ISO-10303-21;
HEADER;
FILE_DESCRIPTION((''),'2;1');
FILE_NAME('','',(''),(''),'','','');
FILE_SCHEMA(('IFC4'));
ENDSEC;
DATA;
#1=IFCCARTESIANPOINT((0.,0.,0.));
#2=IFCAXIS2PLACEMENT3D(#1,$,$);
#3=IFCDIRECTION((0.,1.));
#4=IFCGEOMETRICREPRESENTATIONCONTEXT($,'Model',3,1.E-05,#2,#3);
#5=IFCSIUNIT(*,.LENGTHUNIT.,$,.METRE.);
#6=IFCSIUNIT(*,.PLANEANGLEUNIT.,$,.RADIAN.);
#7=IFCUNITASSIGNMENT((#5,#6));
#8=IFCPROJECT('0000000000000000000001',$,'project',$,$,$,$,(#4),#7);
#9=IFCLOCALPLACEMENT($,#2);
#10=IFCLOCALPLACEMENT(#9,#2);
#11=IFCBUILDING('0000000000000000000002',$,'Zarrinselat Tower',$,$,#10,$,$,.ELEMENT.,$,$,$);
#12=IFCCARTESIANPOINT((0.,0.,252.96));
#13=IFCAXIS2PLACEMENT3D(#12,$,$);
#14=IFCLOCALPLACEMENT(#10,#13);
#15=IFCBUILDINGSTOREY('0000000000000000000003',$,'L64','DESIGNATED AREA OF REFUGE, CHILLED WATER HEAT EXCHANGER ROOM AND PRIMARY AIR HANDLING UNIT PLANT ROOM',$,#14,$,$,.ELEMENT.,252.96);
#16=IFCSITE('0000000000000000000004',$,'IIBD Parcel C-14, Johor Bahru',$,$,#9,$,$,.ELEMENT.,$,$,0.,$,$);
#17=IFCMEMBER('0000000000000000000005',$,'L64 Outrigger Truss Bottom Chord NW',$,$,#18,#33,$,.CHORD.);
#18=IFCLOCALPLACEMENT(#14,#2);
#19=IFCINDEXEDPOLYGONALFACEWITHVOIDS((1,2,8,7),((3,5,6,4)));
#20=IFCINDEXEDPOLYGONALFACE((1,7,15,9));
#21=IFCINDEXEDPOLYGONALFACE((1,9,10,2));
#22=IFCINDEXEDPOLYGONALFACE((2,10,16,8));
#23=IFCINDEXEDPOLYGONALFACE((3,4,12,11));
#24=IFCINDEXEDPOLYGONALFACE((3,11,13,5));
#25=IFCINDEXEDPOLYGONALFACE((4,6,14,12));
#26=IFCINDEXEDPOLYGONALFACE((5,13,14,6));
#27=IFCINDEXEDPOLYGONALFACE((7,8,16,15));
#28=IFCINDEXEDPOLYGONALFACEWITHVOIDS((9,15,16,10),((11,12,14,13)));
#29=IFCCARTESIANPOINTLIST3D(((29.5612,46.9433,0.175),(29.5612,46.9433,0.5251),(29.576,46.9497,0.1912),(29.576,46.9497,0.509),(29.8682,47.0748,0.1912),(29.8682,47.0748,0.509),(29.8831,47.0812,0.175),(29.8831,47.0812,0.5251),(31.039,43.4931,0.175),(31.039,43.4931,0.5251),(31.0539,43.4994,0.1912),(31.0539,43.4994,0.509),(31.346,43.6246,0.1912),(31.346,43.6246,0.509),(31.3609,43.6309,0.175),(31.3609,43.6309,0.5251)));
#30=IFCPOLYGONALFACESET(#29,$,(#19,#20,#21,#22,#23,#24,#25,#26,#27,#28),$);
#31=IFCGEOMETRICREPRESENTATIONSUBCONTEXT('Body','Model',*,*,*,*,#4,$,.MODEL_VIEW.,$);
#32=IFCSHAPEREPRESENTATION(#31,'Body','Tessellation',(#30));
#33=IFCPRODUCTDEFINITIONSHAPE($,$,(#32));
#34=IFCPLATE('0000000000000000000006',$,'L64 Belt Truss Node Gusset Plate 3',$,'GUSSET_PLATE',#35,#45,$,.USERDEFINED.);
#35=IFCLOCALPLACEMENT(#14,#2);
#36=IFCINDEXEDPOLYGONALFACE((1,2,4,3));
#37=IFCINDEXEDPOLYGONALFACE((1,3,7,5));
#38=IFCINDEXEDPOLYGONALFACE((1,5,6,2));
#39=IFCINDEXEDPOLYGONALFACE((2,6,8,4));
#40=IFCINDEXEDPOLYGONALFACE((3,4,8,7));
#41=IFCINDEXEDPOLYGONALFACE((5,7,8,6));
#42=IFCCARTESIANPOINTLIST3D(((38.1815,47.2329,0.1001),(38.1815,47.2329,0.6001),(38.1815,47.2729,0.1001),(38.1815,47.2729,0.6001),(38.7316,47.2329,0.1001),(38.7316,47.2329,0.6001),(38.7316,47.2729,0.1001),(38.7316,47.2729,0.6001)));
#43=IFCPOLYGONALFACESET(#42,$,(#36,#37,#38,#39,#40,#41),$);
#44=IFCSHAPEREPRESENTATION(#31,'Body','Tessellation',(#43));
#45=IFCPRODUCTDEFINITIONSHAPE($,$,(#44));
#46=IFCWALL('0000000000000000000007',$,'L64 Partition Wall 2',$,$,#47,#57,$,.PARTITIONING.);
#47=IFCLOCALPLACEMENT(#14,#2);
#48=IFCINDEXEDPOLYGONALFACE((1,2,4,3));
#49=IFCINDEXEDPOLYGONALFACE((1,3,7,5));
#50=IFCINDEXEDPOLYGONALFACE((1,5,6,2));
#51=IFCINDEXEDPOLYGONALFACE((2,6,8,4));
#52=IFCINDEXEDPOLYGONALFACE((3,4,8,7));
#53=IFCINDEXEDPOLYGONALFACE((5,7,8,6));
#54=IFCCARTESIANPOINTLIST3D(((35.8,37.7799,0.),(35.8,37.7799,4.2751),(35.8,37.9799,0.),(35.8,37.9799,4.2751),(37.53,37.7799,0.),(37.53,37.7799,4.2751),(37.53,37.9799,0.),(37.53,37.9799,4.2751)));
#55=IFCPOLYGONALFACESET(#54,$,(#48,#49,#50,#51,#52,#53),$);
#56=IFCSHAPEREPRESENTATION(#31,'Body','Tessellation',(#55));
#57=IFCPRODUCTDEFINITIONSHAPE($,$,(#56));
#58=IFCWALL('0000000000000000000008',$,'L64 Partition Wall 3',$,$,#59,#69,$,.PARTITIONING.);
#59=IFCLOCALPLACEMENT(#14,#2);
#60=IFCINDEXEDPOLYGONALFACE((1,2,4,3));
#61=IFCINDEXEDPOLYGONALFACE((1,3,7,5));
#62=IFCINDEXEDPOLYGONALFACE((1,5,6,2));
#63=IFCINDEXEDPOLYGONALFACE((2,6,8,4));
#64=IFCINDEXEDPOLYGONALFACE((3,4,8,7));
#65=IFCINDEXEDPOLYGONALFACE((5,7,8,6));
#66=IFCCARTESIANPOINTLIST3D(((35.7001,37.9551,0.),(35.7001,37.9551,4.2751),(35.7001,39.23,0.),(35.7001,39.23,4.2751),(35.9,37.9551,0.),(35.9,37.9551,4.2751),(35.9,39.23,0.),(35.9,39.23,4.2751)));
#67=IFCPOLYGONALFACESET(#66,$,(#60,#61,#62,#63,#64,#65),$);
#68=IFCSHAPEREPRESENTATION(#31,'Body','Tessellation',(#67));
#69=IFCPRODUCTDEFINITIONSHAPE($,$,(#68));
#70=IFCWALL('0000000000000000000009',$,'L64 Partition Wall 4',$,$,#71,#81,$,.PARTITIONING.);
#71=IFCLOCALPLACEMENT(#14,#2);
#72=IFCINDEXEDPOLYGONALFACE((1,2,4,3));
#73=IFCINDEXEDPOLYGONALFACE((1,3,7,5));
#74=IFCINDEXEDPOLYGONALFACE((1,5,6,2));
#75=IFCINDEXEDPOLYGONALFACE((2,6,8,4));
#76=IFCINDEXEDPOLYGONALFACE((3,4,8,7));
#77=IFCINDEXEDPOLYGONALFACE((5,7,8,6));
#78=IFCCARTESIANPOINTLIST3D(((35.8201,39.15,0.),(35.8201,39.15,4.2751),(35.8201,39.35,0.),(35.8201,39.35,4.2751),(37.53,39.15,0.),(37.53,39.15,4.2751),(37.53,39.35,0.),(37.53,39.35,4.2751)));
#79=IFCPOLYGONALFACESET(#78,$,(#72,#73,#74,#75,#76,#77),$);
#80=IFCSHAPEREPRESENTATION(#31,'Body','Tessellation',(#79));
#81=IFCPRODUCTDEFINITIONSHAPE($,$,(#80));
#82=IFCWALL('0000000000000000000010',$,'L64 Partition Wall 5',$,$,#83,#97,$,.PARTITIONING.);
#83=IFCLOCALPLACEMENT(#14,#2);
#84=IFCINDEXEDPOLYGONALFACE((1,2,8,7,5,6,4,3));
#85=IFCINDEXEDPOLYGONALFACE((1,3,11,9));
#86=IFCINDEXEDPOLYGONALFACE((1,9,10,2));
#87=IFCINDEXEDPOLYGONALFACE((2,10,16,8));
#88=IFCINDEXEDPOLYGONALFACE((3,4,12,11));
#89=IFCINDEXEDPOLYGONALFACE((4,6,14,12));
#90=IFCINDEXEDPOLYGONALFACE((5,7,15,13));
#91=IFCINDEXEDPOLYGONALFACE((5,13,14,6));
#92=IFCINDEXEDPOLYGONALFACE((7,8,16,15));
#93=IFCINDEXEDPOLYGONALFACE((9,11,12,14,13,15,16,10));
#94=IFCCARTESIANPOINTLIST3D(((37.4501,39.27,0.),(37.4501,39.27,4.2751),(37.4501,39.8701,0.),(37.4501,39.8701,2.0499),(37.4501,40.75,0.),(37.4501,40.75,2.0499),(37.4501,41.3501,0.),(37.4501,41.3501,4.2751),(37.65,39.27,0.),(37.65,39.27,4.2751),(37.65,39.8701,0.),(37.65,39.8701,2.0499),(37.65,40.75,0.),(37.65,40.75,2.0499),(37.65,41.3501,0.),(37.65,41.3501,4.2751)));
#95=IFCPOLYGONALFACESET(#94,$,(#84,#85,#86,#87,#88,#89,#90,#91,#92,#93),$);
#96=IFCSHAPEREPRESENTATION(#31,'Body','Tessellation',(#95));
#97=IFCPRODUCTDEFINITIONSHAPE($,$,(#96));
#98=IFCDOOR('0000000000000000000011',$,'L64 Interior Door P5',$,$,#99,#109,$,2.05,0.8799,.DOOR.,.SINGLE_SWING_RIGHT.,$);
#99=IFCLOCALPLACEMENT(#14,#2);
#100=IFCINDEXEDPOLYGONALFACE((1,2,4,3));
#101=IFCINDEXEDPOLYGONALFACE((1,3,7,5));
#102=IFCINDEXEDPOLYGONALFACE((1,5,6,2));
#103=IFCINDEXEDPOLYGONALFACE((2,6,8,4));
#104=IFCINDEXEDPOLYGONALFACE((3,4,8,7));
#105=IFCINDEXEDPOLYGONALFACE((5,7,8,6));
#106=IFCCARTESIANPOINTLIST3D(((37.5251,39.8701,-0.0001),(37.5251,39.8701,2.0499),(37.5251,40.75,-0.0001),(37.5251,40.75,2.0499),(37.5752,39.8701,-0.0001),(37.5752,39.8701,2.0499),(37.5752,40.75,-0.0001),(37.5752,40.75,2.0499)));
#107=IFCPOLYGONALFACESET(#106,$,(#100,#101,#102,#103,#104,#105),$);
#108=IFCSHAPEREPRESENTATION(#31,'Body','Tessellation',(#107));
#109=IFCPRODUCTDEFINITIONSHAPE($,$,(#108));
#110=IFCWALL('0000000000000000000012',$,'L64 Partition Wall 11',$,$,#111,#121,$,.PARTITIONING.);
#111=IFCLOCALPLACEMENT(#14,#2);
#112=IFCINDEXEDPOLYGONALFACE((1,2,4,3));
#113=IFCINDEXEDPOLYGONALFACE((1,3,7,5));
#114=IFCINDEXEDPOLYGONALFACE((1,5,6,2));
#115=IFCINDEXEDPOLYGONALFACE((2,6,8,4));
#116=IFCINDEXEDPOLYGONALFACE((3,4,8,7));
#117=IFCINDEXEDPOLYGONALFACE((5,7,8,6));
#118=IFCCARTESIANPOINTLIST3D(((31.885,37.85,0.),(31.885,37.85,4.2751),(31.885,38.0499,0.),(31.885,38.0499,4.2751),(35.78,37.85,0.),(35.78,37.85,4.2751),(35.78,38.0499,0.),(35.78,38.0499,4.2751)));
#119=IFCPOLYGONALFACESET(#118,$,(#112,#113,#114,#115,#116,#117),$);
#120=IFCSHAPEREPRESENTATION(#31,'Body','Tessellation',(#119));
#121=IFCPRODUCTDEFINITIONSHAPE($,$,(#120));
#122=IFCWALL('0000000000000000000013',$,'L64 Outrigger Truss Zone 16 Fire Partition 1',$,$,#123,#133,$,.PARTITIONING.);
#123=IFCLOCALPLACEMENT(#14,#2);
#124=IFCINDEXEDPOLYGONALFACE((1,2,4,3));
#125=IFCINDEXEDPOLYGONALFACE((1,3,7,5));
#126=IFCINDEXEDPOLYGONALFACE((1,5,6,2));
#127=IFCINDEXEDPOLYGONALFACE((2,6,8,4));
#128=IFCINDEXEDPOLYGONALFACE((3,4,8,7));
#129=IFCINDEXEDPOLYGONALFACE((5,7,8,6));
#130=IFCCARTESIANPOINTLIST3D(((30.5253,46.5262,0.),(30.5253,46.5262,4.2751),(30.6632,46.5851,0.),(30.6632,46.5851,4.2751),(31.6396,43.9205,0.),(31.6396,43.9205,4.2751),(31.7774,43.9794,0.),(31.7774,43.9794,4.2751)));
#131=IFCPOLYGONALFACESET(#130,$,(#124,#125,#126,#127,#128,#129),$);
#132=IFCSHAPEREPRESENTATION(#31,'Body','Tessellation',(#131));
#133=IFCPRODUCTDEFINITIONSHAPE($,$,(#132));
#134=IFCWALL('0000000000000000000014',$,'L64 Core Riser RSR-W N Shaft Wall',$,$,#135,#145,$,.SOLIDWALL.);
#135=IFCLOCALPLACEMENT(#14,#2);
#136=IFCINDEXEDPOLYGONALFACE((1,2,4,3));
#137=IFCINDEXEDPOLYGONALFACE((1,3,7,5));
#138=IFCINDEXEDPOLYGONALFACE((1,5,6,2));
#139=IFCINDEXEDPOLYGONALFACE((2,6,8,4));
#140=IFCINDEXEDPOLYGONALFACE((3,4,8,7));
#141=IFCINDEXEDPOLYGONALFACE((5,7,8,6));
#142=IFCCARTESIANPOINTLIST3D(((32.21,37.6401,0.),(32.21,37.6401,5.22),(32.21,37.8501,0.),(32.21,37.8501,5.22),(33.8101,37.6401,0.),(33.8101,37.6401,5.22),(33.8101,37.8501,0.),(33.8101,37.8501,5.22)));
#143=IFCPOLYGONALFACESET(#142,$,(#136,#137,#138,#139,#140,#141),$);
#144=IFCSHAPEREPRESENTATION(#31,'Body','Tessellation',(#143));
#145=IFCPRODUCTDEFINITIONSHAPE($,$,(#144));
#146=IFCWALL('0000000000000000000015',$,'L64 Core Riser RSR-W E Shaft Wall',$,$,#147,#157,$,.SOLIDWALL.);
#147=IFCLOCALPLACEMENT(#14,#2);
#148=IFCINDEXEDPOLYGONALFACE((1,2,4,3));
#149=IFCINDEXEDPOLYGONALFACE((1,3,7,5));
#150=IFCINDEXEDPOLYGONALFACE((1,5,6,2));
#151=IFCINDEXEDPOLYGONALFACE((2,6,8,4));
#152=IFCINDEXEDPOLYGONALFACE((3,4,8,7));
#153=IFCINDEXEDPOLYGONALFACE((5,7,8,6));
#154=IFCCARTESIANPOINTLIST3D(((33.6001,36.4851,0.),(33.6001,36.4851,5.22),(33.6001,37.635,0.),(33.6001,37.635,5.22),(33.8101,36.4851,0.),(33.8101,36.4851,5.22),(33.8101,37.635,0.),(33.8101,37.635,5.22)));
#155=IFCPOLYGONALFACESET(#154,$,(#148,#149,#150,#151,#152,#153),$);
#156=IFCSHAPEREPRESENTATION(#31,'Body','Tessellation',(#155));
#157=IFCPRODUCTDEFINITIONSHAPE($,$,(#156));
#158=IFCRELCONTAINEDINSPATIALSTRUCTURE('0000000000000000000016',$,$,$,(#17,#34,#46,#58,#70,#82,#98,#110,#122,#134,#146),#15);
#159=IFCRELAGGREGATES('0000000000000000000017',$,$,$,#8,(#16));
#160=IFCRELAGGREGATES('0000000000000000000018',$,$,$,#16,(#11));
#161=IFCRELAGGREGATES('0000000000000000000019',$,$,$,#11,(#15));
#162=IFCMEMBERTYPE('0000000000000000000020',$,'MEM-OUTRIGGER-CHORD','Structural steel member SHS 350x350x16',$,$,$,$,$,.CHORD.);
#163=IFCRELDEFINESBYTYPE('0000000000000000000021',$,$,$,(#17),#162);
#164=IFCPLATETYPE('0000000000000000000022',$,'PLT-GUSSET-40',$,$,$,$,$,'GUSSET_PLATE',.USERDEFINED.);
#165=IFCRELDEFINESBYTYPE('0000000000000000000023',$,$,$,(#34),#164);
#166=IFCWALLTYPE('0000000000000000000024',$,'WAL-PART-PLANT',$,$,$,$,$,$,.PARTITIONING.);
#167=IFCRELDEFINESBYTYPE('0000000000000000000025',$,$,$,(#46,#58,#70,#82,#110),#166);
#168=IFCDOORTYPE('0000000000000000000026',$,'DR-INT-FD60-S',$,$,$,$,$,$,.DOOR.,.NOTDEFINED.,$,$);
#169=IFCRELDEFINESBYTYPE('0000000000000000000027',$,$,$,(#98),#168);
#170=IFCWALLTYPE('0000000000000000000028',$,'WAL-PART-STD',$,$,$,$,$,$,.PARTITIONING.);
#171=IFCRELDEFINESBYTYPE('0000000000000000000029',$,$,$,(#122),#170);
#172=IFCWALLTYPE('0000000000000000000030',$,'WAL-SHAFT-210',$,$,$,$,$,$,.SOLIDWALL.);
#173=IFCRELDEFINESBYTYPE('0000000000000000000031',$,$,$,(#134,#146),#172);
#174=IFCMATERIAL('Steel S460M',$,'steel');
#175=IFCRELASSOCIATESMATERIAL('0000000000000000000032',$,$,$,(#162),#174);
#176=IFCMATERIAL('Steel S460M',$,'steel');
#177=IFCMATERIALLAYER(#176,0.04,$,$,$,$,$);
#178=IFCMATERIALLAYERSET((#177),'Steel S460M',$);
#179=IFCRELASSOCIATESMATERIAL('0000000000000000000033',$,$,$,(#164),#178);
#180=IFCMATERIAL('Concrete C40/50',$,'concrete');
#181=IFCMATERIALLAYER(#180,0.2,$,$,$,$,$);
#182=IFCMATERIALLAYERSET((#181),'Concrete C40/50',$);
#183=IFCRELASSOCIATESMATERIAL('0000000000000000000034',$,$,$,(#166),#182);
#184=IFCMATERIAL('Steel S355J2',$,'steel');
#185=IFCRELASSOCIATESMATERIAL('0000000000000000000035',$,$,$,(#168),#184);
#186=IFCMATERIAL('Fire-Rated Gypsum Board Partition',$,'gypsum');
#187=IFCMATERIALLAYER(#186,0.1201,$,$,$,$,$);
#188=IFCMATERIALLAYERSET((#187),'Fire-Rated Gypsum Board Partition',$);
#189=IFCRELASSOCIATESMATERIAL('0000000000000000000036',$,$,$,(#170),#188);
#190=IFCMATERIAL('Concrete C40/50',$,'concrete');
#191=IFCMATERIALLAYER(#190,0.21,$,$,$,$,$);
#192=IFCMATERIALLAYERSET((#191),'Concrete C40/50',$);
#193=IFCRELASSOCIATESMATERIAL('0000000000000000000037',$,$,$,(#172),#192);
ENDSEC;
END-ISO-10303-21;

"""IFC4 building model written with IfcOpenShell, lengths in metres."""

from ifc_helpers import new_model, si_unit, direction, frame, frame_2d, origin, origin_2d, place, context, subcontext, project, spatial, rectangle, hollow_rectangle, extrude, material, layer, layer_set, material_profile, profile_set, type_object, element, fill, save


model = new_model("IFC4")

# Units and contexts
model_context = context("Model", 3, precision=1e-05, world=origin(), true_north=direction((0.0, 1.0)))
body_context = subcontext(model_context, "Body", "Model", "MODEL_VIEW")
ifc_project = project(units=[si_unit("LENGTHUNIT", "METRE"), si_unit("PLANEANGLEUNIT", "RADIAN")], contexts=[model_context])

# Site, building, storey
site_placement = place(None, origin())
site = spatial("IfcSite", under=ifc_project, at=site_placement, Name="IIBD Parcel C-14, Johor Bahru", CompositionType="ELEMENT", RefElevation=0.0)
building_placement = place(site_placement, origin())
building = spatial("IfcBuilding", under=site, at=building_placement, Name="Zarrinselat Tower", CompositionType="ELEMENT")
storey_placement = place(building_placement, frame((0.0, 0.0, 252.96)))
storey = spatial("IfcBuildingStorey", under=building, at=storey_placement, Name="L64", Description="DESIGNATED AREA OF REFUGE, CHILLED WATER HEAT EXCHANGER ROOM AND PRIMARY AIR HANDLING UNIT PLANT ROOM", CompositionType="ELEMENT", Elevation=252.96)

# Member
ifc_material_1 = material(Name="Steel S460M", Category="steel")
ifc_material_profile_1 = material_profile(ifc_material_1, hollow_rectangle(XDim=0.3501, YDim=0.3501, WallThickness=0.0161, at=origin_2d()), Name="SHS 350x350x16")
ifc_profile_set_1 = profile_set([ifc_material_profile_1], Name="Steel S460M")
member_type_1 = type_object("IfcMemberType", Name="MEM-OUTRIGGER-CHORD", Description="Structural steel member SHS 350x350x16", PredefinedType="CHORD", material=ifc_profile_set_1)
member_1_placement = place(storey_placement, frame((31.2, 43.562, 0.3501), z_axis=(-0.393723, 0.919229, 0.0), x_axis=(-0.919229, -0.393723, 0.0)))
element("IfcMember", 1, at=member_1_placement, inside=storey, type_object=member_type_1, Name="L64 Outrigger Truss Bottom Chord NW", PredefinedType="CHORD", context=body_context, shape_type="SweptSolid", body=[
    extrude(hollow_rectangle(XDim=0.3501, YDim=0.3501, WallThickness=0.0161, at=origin_2d()), origin(), (0.0, 0.0, 1.0), 3.7534),
])

# Plate
ifc_material_2 = material(Name="Steel S460M", Category="steel")
ifc_layer_1 = layer(ifc_material_2, 0.04)
ifc_layer_set_1 = layer_set([ifc_layer_1], Name="Steel S460M")
plate_type = type_object("IfcPlateType", Name="PLT-GUSSET-40", ElementType="GUSSET_PLATE", PredefinedType="USERDEFINED", material=ifc_layer_set_1)
plate_placement = place(storey_placement, frame((38.4565, 47.2529, 0.1001), z_axis=(0.0, 0.0, 1.0), x_axis=(-1.0, 0.0, 0.0)))
element("IfcPlate", 2, at=plate_placement, inside=storey, type_object=plate_type, Name="L64 Belt Truss Node Gusset Plate 3", ObjectType="GUSSET_PLATE", PredefinedType="USERDEFINED", context=body_context, shape_type="SweptSolid", body=[
    extrude(rectangle(XDim=0.55, YDim=0.04, at=origin_2d()), origin(), (0.0, 0.0, 1.0), 0.5),
])

# Walls
ifc_material_3 = material(Name="Concrete C40/50", Category="concrete")
ifc_layer_2 = layer(ifc_material_3, 0.2)
ifc_layer_set_2 = layer_set([ifc_layer_2], Name="Concrete C40/50")
wall_type_1 = type_object("IfcWallType", Name="WAL-PART-PLANT", PredefinedType="PARTITIONING", material=ifc_layer_set_2)
wall_1_placement = place(storey_placement, frame((35.8, 37.8799, 0.0), z_axis=(0.0, 0.0, 1.0), x_axis=(1.0, 0.0, 0.0)))
element("IfcWall", 3, at=wall_1_placement, inside=storey, type_object=wall_type_1, Name="L64 Partition Wall 2", PredefinedType="PARTITIONING", context=body_context, shape_type="SweptSolid", body=[
    extrude(rectangle(XDim=1.73, YDim=0.2, at=frame_2d((0.865, 0.0))), origin(), (0.0, 0.0, 1.0), 4.2751),
])
wall_2_placement = place(storey_placement, frame((35.8, 37.9551, 0.0), z_axis=(0.0, 0.0, 1.0), x_axis=(0.0, 1.0, 0.0)))
element("IfcWall", 4, at=wall_2_placement, inside=storey, type_object=wall_type_1, Name="L64 Partition Wall 3", PredefinedType="PARTITIONING", context=body_context, shape_type="SweptSolid", body=[
    extrude(rectangle(XDim=1.2749, YDim=0.2, at=frame_2d((0.6375, 0.0))), origin(), (0.0, 0.0, 1.0), 4.2751),
])
wall_3_placement = place(storey_placement, frame((35.8201, 39.25, 0.0), z_axis=(0.0, 0.0, 1.0), x_axis=(1.0, 0.0, 0.0)))
element("IfcWall", 5, at=wall_3_placement, inside=storey, type_object=wall_type_1, Name="L64 Partition Wall 4", PredefinedType="PARTITIONING", context=body_context, shape_type="SweptSolid", body=[
    extrude(rectangle(XDim=1.71, YDim=0.2, at=frame_2d((0.855, 0.0))), origin(), (0.0, 0.0, 1.0), 4.2751),
])

# Wall, opening, door
wall_4_placement = place(storey_placement, frame((37.55, 39.27, 0.0), z_axis=(0.0, 0.0, 1.0), x_axis=(0.0, 1.0, 0.0)))
wall_4 = element("IfcWall", 6, at=wall_4_placement, inside=storey, type_object=wall_type_1, Name="L64 Partition Wall 5", PredefinedType="PARTITIONING", context=body_context, shape_type="SweptSolid", body=[
    extrude(rectangle(XDim=2.0801, YDim=0.2, at=frame_2d((1.04, 0.0))), origin(), (0.0, 0.0, 1.0), 4.2751),
])
opening_placement = place(wall_4_placement, frame((0.6001, 0.0, 0.0)))
opening = element("IfcOpeningElement", 7, at=opening_placement, cuts=wall_4, PredefinedType="OPENING", context=body_context, shape_type="SweptSolid", body=[
    extrude(rectangle(XDim=0.8799, YDim=2.05, at=frame_2d((0.4399, 1.0249))), frame((0.0, 0.1099, 0.0), z_axis=(0.0, -1.0, 0.0), x_axis=(1.0, 0.0, 0.0)), (0.0, 0.0, 1.0), 0.22),
])
ifc_material_4 = material(Name="Steel S355J2", Category="steel")
door_type = type_object("IfcDoorType", Name="DR-INT-FD60-S", OperationType="NOTDEFINED", PredefinedType="DOOR", material=ifc_material_4)
door_placement = place(opening_placement, origin())
door = element("IfcDoor", 8, at=door_placement, inside=storey, type_object=door_type, Name="L64 Interior Door P5", OperationType="SINGLE_SWING_RIGHT", OverallHeight=2.05, OverallWidth=0.8799, PredefinedType="DOOR", context=body_context, shape_type="SweptSolid", body=[
    extrude(rectangle(XDim=0.8799, YDim=2.05, at=frame_2d((0.4399, 1.0249))), frame((0.0, 0.0249, 0.0), z_axis=(0.0, -1.0, 0.0), x_axis=(1.0, 0.0, 0.0)), (0.0, 0.0, 1.0), 0.05),
])
fill(opening, door)

# Walls
wall_5_placement = place(storey_placement, frame((31.885, 37.95, 0.0), z_axis=(0.0, 0.0, 1.0), x_axis=(1.0, 0.0, 0.0)))
element("IfcWall", 9, at=wall_5_placement, inside=storey, type_object=wall_type_1, Name="L64 Partition Wall 11", PredefinedType="PARTITIONING", context=body_context, shape_type="SweptSolid", body=[
    extrude(rectangle(XDim=3.895, YDim=0.2, at=frame_2d((1.9475, 0.0))), origin(), (0.0, 0.0, 1.0), 4.2751),
])
ifc_material_5 = material(Name="Fire-Rated Gypsum Board Partition", Category="gypsum")
ifc_layer_3 = layer(ifc_material_5, 0.1201)
ifc_layer_set_3 = layer_set([ifc_layer_3], Name="Fire-Rated Gypsum Board Partition")
wall_type_2 = type_object("IfcWallType", Name="WAL-PART-STD", PredefinedType="PARTITIONING", material=ifc_layer_set_3)
wall_6_placement = place(storey_placement, frame((30.5942, 46.5557, 0.0), z_axis=(0.0, 0.0, 1.0), x_axis=(0.393181, -0.919461, 0.0)))
element("IfcWall", 10, at=wall_6_placement, inside=storey, type_object=wall_type_2, Name="L64 Outrigger Truss Zone 16 Fire Partition 1", PredefinedType="PARTITIONING", context=body_context, shape_type="SweptSolid", body=[
    extrude(rectangle(XDim=2.834, YDim=0.1499, at=frame_2d((1.417, 0.0))), origin(), (0.0, 0.0, 1.0), 4.2751),
])
ifc_material_6 = material(Name="Concrete C40/50", Category="concrete")
ifc_layer_4 = layer(ifc_material_6, 0.21)
ifc_layer_set_4 = layer_set([ifc_layer_4], Name="Concrete C40/50")
wall_type_3 = type_object("IfcWallType", Name="WAL-SHAFT-210", PredefinedType="SOLIDWALL", material=ifc_layer_set_4)
wall_7_placement = place(storey_placement, frame((32.21, 37.7451, 0.0), z_axis=(0.0, 0.0, 1.0), x_axis=(1.0, 0.0, 0.0)))
element("IfcWall", 11, at=wall_7_placement, inside=storey, type_object=wall_type_3, Name="L64 Core Riser RSR-W N Shaft Wall", PredefinedType="SOLIDWALL", context=body_context, shape_type="SweptSolid", body=[
    extrude(rectangle(XDim=1.6001, YDim=0.21, at=frame_2d((0.8, 0.0))), origin(), (0.0, 0.0, 1.0), 5.22),
])
wall_8_placement = place(storey_placement, frame((33.7051, 36.4851, 0.0), z_axis=(0.0, 0.0, 1.0), x_axis=(0.0, 1.0, 0.0)))
element("IfcWall", 12, at=wall_8_placement, inside=storey, type_object=wall_type_3, Name="L64 Core Riser RSR-W E Shaft Wall", PredefinedType="SOLIDWALL", context=body_context, shape_type="SweptSolid", body=[
    extrude(rectangle(XDim=1.1499, YDim=0.21, at=frame_2d((0.575, 0.0))), origin(), (0.0, 0.0, 1.0), 5.22),
])

save(model, "model.ifc")
